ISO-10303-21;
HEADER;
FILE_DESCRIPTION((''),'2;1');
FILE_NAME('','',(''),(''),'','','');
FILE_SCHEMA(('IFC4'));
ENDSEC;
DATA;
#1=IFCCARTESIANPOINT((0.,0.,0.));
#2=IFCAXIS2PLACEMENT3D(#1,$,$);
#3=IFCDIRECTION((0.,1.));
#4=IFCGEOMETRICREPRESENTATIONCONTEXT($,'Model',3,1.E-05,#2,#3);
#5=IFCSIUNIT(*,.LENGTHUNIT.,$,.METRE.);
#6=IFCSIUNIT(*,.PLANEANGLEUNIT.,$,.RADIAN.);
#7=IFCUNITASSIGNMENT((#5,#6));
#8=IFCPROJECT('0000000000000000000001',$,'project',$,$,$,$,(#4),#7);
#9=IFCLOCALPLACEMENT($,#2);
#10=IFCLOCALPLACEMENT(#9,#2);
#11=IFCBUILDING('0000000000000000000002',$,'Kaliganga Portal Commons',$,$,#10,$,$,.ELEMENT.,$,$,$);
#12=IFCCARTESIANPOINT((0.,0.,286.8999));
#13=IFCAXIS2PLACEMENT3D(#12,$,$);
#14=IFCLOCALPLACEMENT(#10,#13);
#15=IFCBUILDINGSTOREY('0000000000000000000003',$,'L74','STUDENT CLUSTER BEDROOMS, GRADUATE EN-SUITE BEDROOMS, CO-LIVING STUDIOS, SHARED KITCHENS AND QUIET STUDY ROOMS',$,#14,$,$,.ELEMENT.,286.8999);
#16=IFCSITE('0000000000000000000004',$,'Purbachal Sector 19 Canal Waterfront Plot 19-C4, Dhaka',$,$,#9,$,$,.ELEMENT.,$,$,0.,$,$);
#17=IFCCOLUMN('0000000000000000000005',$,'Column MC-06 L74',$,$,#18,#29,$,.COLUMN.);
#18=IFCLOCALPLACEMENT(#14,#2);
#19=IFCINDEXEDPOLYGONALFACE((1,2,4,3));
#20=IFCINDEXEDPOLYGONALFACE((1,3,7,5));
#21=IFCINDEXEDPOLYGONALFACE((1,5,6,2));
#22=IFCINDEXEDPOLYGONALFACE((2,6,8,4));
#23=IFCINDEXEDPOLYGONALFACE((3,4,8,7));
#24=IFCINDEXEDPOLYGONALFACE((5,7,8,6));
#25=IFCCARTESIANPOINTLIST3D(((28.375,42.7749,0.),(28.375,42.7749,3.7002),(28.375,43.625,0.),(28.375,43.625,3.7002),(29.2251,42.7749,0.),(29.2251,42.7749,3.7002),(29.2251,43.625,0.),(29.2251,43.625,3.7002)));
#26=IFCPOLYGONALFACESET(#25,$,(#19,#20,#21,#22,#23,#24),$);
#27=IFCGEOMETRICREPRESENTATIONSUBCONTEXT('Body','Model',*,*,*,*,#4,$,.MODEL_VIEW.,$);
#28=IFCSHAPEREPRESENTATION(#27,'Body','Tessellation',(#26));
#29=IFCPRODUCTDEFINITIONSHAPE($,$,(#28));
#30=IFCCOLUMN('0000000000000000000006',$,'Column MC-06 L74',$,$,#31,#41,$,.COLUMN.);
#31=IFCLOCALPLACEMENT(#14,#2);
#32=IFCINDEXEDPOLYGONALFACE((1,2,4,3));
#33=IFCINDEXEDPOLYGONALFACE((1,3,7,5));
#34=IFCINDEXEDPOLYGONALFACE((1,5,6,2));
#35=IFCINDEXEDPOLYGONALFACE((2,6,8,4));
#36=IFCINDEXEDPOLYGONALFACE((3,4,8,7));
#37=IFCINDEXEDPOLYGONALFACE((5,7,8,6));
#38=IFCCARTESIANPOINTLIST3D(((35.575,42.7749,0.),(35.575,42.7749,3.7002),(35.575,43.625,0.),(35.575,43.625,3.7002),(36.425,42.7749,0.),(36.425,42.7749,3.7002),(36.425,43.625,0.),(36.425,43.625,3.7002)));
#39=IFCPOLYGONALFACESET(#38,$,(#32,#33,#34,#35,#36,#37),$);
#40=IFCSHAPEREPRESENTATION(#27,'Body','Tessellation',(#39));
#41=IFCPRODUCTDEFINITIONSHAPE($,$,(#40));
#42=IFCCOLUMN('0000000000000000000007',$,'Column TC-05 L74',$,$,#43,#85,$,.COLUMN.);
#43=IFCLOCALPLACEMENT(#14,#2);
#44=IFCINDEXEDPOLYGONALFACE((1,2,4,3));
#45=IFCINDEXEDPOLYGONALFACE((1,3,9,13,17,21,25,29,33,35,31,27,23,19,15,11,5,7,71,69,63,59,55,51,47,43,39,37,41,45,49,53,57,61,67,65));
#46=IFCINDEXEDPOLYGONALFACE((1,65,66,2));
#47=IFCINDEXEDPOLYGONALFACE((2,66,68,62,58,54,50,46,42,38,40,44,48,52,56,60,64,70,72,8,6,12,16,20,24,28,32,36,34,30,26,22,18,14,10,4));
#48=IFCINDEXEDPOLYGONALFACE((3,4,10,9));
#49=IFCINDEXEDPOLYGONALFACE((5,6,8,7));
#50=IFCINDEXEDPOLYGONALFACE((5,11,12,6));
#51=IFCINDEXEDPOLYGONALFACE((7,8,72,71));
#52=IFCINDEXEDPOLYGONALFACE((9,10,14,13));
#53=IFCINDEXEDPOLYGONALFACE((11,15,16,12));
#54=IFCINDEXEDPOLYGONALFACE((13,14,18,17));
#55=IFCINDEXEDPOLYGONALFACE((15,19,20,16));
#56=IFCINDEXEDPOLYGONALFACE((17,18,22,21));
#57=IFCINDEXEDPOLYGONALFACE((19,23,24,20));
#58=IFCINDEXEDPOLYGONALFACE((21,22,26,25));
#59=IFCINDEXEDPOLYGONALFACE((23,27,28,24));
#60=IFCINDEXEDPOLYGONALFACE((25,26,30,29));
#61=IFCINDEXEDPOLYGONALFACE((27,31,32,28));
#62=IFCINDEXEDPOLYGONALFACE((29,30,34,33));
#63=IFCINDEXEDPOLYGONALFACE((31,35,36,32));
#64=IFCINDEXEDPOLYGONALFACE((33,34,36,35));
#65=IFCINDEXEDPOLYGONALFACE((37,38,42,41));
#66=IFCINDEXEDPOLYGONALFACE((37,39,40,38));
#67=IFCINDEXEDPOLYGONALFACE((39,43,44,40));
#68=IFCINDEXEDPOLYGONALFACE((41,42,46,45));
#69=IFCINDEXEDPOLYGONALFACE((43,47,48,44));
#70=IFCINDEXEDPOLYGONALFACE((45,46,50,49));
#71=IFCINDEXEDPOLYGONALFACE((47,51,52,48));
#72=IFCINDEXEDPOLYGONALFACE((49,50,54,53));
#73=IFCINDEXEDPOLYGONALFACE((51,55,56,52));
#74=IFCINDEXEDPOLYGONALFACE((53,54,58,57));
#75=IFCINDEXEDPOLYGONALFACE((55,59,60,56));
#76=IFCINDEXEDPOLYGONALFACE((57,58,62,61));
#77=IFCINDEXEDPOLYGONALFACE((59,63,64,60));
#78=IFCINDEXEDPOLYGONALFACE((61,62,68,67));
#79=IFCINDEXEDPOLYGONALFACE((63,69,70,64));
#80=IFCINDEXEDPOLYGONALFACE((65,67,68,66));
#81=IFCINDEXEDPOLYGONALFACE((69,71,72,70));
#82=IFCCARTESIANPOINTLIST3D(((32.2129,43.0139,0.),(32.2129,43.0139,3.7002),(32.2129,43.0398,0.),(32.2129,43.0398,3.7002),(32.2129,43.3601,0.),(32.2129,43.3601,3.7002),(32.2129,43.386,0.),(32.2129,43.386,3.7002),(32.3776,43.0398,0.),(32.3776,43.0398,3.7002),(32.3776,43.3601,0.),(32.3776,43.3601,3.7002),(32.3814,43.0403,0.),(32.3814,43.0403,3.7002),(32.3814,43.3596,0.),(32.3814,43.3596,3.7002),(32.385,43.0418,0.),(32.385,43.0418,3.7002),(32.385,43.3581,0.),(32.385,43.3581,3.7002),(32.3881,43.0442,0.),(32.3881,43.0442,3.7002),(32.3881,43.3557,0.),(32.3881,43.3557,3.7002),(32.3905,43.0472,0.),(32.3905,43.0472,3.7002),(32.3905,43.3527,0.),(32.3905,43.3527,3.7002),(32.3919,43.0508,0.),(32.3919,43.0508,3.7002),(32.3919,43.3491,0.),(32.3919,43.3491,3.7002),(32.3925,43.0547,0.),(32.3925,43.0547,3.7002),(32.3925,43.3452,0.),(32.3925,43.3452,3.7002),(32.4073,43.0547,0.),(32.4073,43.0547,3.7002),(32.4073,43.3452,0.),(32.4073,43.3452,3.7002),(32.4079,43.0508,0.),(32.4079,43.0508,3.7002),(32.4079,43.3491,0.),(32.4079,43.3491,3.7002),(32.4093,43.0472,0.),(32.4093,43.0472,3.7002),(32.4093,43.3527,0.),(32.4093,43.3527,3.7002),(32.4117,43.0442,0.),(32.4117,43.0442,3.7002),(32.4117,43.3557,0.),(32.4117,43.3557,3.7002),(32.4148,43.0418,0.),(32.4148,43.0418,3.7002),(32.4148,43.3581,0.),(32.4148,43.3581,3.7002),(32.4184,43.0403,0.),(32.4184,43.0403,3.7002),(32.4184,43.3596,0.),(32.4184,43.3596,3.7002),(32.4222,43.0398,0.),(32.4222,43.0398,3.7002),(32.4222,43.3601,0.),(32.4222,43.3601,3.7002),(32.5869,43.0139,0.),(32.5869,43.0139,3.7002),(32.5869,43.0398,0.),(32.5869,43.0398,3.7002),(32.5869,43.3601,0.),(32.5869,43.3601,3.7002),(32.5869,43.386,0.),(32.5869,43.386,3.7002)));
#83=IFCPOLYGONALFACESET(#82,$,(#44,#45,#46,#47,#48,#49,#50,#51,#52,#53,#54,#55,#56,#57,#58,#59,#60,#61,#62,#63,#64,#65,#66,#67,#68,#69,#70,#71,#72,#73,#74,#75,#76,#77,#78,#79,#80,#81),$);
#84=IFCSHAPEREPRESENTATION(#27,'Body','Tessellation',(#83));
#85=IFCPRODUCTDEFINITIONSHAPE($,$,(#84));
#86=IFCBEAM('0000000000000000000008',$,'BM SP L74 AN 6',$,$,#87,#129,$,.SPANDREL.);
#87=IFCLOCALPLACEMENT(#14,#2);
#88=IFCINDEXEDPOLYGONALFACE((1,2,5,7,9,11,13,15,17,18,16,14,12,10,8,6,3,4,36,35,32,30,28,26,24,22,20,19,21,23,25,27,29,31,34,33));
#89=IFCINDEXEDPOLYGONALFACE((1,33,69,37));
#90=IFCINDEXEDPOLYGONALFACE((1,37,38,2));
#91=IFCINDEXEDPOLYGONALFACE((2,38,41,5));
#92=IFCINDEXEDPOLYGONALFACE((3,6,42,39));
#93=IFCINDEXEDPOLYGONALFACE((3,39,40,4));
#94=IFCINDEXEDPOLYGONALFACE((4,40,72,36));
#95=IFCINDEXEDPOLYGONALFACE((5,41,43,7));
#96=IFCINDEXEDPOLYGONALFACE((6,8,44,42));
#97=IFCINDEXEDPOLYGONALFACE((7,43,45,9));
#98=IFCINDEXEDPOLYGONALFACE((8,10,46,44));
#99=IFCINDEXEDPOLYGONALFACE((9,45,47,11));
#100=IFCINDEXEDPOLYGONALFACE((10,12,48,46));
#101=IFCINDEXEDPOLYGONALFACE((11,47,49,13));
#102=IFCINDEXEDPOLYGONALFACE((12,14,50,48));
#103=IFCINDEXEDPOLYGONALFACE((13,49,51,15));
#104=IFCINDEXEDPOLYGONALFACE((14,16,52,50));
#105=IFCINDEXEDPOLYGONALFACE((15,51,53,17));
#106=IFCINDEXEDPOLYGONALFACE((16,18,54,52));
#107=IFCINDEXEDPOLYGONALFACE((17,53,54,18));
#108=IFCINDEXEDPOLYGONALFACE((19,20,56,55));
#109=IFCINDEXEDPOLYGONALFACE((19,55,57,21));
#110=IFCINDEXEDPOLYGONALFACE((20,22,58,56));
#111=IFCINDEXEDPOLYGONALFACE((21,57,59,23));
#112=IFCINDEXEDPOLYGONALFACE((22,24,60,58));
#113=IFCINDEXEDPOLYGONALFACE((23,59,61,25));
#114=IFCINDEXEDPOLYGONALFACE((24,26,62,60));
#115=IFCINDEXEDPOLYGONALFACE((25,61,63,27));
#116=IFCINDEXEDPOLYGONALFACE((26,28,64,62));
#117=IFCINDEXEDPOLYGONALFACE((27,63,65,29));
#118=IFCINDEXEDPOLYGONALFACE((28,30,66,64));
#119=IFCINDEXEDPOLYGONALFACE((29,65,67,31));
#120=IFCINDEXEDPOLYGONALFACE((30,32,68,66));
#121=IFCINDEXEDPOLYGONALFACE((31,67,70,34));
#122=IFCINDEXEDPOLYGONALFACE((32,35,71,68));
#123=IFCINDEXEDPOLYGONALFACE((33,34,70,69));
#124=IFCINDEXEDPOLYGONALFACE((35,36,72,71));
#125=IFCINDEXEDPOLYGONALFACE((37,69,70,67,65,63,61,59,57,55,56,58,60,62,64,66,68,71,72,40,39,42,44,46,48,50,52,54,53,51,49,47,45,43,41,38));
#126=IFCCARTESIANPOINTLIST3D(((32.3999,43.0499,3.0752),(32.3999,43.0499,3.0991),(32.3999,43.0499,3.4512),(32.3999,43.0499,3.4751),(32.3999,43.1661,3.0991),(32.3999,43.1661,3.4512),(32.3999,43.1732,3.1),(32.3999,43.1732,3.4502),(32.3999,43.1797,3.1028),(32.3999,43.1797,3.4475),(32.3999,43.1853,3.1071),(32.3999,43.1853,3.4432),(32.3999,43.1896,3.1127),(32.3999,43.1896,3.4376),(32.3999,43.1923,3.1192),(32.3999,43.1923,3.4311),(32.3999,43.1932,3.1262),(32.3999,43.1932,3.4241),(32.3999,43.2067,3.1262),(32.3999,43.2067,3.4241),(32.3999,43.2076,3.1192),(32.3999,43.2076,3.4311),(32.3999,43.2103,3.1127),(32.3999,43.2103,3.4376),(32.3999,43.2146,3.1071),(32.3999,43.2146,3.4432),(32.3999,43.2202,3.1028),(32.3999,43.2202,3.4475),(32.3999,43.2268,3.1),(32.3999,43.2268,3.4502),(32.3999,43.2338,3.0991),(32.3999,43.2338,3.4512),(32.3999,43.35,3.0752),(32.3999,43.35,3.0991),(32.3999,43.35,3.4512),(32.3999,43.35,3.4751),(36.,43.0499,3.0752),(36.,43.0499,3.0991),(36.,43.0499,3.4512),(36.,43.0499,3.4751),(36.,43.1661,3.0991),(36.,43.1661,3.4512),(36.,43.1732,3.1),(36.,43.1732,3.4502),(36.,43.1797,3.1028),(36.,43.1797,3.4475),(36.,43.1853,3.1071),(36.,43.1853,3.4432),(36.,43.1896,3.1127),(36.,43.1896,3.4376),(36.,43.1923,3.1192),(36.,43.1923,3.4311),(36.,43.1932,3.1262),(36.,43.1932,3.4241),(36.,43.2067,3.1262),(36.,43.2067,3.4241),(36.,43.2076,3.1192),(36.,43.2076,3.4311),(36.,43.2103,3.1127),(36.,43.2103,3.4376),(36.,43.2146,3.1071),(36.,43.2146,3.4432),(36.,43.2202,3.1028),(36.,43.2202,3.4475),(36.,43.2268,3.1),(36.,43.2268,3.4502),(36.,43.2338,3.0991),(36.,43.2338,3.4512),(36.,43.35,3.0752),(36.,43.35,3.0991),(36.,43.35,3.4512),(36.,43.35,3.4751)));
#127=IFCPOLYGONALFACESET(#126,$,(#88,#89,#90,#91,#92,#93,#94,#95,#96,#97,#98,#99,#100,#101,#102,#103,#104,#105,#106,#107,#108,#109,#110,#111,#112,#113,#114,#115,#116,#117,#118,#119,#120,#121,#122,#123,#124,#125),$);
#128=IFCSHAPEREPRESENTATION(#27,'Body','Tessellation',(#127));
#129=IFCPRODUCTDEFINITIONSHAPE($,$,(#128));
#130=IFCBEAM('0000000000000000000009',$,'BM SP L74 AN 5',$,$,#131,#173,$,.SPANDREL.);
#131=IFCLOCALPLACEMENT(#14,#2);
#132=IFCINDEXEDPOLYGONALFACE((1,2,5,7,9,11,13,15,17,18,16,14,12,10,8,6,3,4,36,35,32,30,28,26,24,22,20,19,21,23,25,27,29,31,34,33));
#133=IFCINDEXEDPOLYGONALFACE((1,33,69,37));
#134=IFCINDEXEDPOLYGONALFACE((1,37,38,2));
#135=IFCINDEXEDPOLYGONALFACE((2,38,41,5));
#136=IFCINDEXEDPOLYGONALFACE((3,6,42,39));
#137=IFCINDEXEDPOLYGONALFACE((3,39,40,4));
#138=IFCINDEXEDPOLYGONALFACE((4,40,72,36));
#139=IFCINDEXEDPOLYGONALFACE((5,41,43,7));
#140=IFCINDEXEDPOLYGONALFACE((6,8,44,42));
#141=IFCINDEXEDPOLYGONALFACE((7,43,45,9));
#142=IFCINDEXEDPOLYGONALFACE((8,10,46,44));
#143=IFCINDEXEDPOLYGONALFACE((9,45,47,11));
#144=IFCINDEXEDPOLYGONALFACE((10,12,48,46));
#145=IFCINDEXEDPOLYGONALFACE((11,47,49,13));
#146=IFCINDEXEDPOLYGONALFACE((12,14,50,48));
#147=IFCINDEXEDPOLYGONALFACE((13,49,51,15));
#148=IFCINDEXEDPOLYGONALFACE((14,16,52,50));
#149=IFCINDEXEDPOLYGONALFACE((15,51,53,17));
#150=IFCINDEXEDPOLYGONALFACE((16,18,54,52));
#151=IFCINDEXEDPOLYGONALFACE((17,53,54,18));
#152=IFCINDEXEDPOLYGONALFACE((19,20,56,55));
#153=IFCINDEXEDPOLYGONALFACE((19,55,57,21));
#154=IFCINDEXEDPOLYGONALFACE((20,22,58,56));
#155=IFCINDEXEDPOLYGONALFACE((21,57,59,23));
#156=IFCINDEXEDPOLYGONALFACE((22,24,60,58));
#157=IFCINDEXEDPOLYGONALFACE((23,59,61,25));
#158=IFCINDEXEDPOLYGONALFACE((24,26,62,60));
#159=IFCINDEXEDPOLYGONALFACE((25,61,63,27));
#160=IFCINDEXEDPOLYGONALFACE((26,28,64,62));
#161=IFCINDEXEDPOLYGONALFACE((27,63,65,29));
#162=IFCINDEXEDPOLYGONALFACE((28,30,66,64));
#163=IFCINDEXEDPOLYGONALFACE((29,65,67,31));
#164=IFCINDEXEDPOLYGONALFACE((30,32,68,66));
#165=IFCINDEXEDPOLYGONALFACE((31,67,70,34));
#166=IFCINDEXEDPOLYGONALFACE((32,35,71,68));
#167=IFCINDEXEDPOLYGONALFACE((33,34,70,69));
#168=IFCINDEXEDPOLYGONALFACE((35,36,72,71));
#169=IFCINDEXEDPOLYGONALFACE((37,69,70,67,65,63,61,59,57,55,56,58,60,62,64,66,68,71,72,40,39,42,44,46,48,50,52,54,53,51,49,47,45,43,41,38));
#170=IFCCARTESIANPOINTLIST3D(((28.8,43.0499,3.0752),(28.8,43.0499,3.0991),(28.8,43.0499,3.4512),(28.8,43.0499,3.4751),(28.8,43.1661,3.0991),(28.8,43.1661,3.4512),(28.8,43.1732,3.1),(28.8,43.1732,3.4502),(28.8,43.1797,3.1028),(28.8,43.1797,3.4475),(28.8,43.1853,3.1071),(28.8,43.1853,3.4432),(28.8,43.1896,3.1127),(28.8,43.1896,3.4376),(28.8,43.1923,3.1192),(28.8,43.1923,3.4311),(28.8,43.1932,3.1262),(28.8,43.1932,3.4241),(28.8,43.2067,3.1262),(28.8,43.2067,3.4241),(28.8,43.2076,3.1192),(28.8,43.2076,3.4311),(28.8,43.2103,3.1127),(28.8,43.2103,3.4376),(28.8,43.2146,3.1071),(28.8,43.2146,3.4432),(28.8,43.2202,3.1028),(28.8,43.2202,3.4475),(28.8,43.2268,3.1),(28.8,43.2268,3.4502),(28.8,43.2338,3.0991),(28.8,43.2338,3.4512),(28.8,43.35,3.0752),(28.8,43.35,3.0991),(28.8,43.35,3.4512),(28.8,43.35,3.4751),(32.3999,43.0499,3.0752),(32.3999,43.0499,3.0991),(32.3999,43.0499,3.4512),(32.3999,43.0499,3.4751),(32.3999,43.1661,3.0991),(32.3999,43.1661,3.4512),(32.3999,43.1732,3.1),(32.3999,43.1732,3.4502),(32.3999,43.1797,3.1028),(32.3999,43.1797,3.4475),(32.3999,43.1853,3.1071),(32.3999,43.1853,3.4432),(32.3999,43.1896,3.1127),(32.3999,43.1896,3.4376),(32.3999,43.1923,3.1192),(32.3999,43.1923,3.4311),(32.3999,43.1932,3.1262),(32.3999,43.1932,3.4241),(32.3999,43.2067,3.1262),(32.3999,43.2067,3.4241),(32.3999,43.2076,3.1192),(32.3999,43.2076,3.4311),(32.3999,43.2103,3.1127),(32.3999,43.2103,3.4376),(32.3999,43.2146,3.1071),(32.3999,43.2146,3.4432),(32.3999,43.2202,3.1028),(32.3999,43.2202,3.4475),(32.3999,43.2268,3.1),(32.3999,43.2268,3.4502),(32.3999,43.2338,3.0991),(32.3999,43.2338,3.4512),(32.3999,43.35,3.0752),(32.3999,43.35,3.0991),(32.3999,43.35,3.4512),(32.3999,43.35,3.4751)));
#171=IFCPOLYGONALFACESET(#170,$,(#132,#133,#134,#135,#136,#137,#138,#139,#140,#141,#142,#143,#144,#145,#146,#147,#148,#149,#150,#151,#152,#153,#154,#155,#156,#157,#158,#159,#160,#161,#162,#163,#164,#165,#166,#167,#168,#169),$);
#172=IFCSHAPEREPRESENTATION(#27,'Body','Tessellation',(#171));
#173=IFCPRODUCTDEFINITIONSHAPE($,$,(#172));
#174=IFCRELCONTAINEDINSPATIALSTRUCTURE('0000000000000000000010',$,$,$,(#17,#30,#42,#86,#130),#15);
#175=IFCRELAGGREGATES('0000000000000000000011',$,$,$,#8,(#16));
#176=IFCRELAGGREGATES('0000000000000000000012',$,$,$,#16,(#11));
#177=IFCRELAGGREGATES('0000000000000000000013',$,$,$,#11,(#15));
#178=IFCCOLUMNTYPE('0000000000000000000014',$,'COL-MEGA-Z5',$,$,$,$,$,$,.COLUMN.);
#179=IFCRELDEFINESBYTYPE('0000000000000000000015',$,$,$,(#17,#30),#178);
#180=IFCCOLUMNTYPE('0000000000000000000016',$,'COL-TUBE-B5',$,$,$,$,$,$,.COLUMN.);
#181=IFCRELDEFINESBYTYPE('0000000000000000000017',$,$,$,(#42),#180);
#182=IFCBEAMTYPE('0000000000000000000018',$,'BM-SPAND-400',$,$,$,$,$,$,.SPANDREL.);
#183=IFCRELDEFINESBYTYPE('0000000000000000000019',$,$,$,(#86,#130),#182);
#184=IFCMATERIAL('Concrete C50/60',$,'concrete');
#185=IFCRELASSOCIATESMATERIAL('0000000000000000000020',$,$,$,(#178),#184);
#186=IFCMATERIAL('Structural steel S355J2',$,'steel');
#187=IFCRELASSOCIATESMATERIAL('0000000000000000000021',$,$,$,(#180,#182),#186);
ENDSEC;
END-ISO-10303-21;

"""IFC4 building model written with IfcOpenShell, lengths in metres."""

from ifc_helpers import new_model, si_unit, direction, frame, origin, origin_2d, place, context, subcontext, project, spatial, rectangle, i_section, extrude, source, transform, mapped, material, material_profile, profile_set, type_object, element, save


model = new_model("IFC4")

# Units and contexts
model_context = context("Model", 3, precision=1e-05, world=origin(), true_north=direction((0.0, 1.0)))
body_context = subcontext(model_context, "Body", "Model", "MODEL_VIEW")
ifc_project = project(units=[si_unit("LENGTHUNIT", "METRE"), si_unit("PLANEANGLEUNIT", "RADIAN")], contexts=[model_context])

# Site, building, storey
site_placement = place(None, origin())
site = spatial("IfcSite", under=ifc_project, at=site_placement, Name="Purbachal Sector 19 Canal Waterfront Plot 19-C4, Dhaka", CompositionType="ELEMENT", RefElevation=0.0)
building_placement = place(site_placement, origin())
building = spatial("IfcBuilding", under=site, at=building_placement, Name="Kaliganga Portal Commons", CompositionType="ELEMENT")
storey_placement = place(building_placement, frame((0.0, 0.0, 286.8999)))
storey = spatial("IfcBuildingStorey", under=building, at=storey_placement, Name="L74", Description="STUDENT CLUSTER BEDROOMS, GRADUATE EN-SUITE BEDROOMS, CO-LIVING STUDIOS, SHARED KITCHENS AND QUIET STUDY ROOMS", CompositionType="ELEMENT", Elevation=286.8999)

# Columns
ifc_material_1 = material(Name="Concrete C50/60", Category="concrete")
ifc_material_profile_1 = material_profile(ifc_material_1, rectangle(XDim=0.8501, YDim=0.8501, at=origin_2d()), Name="RC 850x850")
ifc_profile_set_1 = profile_set([ifc_material_profile_1], Name="Concrete C50/60")
column_type_1 = type_object("IfcColumnType", Name="COL-MEGA-Z5", PredefinedType="COLUMN", material=ifc_profile_set_1)
shared_shape_1 = source(origin(), body_context, "Body", "SweptSolid", [
    extrude(rectangle(XDim=0.8501, YDim=0.8501, at=origin_2d()), origin(), (0.0, 0.0, 1.0), 3.7002),
])
for number, where, z_axis, x_axis, name in (
    (1, (28.8, 43.2, 0.0), (0.0, 0.0, 1.0), (1.0, 0.0, 0.0), "Column MC-06 L74"),
    (2, (36.0, 43.2, 0.0), (0.0, 0.0, 1.0), (1.0, 0.0, 0.0), "Column MC-06 L74"),
):
    element("IfcColumn", number, at=place(storey_placement, frame(where, z_axis=z_axis, x_axis=x_axis)), inside=storey, type_object=column_type_1, Name=name, PredefinedType="COLUMN", context=body_context, shape_type="MappedRepresentation", body=[
        mapped(shared_shape_1, transform((0.0, 0.0, 0.0), x_axis=(1.0, 0.0, 0.0), y_axis=(0.0, 1.0, 0.0), z_axis=(0.0, 0.0, 1.0), scale=1.0)),
    ])
ifc_material_2 = material(Name="Structural steel S355J2", Category="steel")
ifc_material_profile_2 = material_profile(ifc_material_2, i_section(OverallWidth=0.374, OverallDepth=0.3721, WebThickness=0.0149, FlangeThickness=0.0259, FilletRadius=0.0149, at=origin_2d()), Name="HD 360x196")
ifc_profile_set_2 = profile_set([ifc_material_profile_2], Name="Structural steel S355J2 wide-flange")
column_type_2 = type_object("IfcColumnType", Name="COL-TUBE-B5", PredefinedType="COLUMN", material=ifc_profile_set_2)
shared_shape_2 = source(origin(), body_context, "Body", "SweptSolid", [
    extrude(i_section(OverallWidth=0.374, OverallDepth=0.3721, WebThickness=0.0149, FlangeThickness=0.0259, FilletRadius=0.0149, at=origin_2d()), origin(), (0.0, 0.0, 1.0), 3.7002),
])
column_placement = place(storey_placement, frame((32.3999, 43.2, 0.0), z_axis=(0.0, 0.0, 1.0), x_axis=(1.0, 0.0, 0.0)))
element("IfcColumn", 3, at=column_placement, inside=storey, type_object=column_type_2, Name="Column TC-05 L74", PredefinedType="COLUMN", context=body_context, shape_type="MappedRepresentation", body=[
    mapped(shared_shape_2, transform((0.0, 0.0, 0.0), x_axis=(1.0, 0.0, 0.0), y_axis=(0.0, 1.0, 0.0), z_axis=(0.0, 0.0, 1.0), scale=1.0)),
])

# Beams
ifc_material_profile_3 = material_profile(ifc_material_2, i_section(OverallWidth=0.3, OverallDepth=0.3999, WebThickness=0.0134, FlangeThickness=0.0239, FilletRadius=0.0271, at=origin_2d()), Name="HE 400 B")
ifc_profile_set_3 = profile_set([ifc_material_profile_3], Name="Structural steel S355J2 wide-flange")
beam_type = type_object("IfcBeamType", Name="BM-SPAND-400", PredefinedType="SPANDREL", material=ifc_profile_set_3)
shared_shape_3 = source(origin(), body_context, "Body", "SweptSolid", [
    extrude(i_section(OverallWidth=0.3, OverallDepth=0.3999, WebThickness=0.0134, FlangeThickness=0.0239, FilletRadius=0.0271, at=origin_2d()), origin(), (0.0, 0.0, 1.0), 3.6001),
])
beam_1_placement = place(storey_placement, frame((32.3999, 43.2, 3.2751), z_axis=(1.0, 0.0, 0.0), x_axis=(0.0, 1.0, 0.0)))
element("IfcBeam", 4, at=beam_1_placement, inside=storey, type_object=beam_type, Name="BM SP L74 AN 6", PredefinedType="SPANDREL", context=body_context, shape_type="MappedRepresentation", body=[
    mapped(shared_shape_3, transform((0.0, 0.0, 0.0), x_axis=(1.0, 0.0, 0.0), y_axis=(0.0, 1.0, 0.0), z_axis=(0.0, 0.0, 1.0), scale=1.0)),
])
shared_shape_4 = source(origin(), body_context, "Body", "SweptSolid", [
    extrude(i_section(OverallWidth=0.3, OverallDepth=0.3999, WebThickness=0.0134, FlangeThickness=0.0239, FilletRadius=0.0271, at=origin_2d()), origin(), (0.0, 0.0, 1.0), 3.5999),
])
beam_2_placement = place(storey_placement, frame((28.8, 43.2, 3.2751), z_axis=(1.0, 0.0, 0.0), x_axis=(0.0, 1.0, 0.0)))
element("IfcBeam", 5, at=beam_2_placement, inside=storey, type_object=beam_type, Name="BM SP L74 AN 5", PredefinedType="SPANDREL", context=body_context, shape_type="MappedRepresentation", body=[
    mapped(shared_shape_4, transform((0.0, 0.0, 0.0), x_axis=(1.0, 0.0, 0.0), y_axis=(0.0, 1.0, 0.0), z_axis=(0.0, 0.0, 1.0), scale=1.0)),
])

save(model, "model.ifc")
